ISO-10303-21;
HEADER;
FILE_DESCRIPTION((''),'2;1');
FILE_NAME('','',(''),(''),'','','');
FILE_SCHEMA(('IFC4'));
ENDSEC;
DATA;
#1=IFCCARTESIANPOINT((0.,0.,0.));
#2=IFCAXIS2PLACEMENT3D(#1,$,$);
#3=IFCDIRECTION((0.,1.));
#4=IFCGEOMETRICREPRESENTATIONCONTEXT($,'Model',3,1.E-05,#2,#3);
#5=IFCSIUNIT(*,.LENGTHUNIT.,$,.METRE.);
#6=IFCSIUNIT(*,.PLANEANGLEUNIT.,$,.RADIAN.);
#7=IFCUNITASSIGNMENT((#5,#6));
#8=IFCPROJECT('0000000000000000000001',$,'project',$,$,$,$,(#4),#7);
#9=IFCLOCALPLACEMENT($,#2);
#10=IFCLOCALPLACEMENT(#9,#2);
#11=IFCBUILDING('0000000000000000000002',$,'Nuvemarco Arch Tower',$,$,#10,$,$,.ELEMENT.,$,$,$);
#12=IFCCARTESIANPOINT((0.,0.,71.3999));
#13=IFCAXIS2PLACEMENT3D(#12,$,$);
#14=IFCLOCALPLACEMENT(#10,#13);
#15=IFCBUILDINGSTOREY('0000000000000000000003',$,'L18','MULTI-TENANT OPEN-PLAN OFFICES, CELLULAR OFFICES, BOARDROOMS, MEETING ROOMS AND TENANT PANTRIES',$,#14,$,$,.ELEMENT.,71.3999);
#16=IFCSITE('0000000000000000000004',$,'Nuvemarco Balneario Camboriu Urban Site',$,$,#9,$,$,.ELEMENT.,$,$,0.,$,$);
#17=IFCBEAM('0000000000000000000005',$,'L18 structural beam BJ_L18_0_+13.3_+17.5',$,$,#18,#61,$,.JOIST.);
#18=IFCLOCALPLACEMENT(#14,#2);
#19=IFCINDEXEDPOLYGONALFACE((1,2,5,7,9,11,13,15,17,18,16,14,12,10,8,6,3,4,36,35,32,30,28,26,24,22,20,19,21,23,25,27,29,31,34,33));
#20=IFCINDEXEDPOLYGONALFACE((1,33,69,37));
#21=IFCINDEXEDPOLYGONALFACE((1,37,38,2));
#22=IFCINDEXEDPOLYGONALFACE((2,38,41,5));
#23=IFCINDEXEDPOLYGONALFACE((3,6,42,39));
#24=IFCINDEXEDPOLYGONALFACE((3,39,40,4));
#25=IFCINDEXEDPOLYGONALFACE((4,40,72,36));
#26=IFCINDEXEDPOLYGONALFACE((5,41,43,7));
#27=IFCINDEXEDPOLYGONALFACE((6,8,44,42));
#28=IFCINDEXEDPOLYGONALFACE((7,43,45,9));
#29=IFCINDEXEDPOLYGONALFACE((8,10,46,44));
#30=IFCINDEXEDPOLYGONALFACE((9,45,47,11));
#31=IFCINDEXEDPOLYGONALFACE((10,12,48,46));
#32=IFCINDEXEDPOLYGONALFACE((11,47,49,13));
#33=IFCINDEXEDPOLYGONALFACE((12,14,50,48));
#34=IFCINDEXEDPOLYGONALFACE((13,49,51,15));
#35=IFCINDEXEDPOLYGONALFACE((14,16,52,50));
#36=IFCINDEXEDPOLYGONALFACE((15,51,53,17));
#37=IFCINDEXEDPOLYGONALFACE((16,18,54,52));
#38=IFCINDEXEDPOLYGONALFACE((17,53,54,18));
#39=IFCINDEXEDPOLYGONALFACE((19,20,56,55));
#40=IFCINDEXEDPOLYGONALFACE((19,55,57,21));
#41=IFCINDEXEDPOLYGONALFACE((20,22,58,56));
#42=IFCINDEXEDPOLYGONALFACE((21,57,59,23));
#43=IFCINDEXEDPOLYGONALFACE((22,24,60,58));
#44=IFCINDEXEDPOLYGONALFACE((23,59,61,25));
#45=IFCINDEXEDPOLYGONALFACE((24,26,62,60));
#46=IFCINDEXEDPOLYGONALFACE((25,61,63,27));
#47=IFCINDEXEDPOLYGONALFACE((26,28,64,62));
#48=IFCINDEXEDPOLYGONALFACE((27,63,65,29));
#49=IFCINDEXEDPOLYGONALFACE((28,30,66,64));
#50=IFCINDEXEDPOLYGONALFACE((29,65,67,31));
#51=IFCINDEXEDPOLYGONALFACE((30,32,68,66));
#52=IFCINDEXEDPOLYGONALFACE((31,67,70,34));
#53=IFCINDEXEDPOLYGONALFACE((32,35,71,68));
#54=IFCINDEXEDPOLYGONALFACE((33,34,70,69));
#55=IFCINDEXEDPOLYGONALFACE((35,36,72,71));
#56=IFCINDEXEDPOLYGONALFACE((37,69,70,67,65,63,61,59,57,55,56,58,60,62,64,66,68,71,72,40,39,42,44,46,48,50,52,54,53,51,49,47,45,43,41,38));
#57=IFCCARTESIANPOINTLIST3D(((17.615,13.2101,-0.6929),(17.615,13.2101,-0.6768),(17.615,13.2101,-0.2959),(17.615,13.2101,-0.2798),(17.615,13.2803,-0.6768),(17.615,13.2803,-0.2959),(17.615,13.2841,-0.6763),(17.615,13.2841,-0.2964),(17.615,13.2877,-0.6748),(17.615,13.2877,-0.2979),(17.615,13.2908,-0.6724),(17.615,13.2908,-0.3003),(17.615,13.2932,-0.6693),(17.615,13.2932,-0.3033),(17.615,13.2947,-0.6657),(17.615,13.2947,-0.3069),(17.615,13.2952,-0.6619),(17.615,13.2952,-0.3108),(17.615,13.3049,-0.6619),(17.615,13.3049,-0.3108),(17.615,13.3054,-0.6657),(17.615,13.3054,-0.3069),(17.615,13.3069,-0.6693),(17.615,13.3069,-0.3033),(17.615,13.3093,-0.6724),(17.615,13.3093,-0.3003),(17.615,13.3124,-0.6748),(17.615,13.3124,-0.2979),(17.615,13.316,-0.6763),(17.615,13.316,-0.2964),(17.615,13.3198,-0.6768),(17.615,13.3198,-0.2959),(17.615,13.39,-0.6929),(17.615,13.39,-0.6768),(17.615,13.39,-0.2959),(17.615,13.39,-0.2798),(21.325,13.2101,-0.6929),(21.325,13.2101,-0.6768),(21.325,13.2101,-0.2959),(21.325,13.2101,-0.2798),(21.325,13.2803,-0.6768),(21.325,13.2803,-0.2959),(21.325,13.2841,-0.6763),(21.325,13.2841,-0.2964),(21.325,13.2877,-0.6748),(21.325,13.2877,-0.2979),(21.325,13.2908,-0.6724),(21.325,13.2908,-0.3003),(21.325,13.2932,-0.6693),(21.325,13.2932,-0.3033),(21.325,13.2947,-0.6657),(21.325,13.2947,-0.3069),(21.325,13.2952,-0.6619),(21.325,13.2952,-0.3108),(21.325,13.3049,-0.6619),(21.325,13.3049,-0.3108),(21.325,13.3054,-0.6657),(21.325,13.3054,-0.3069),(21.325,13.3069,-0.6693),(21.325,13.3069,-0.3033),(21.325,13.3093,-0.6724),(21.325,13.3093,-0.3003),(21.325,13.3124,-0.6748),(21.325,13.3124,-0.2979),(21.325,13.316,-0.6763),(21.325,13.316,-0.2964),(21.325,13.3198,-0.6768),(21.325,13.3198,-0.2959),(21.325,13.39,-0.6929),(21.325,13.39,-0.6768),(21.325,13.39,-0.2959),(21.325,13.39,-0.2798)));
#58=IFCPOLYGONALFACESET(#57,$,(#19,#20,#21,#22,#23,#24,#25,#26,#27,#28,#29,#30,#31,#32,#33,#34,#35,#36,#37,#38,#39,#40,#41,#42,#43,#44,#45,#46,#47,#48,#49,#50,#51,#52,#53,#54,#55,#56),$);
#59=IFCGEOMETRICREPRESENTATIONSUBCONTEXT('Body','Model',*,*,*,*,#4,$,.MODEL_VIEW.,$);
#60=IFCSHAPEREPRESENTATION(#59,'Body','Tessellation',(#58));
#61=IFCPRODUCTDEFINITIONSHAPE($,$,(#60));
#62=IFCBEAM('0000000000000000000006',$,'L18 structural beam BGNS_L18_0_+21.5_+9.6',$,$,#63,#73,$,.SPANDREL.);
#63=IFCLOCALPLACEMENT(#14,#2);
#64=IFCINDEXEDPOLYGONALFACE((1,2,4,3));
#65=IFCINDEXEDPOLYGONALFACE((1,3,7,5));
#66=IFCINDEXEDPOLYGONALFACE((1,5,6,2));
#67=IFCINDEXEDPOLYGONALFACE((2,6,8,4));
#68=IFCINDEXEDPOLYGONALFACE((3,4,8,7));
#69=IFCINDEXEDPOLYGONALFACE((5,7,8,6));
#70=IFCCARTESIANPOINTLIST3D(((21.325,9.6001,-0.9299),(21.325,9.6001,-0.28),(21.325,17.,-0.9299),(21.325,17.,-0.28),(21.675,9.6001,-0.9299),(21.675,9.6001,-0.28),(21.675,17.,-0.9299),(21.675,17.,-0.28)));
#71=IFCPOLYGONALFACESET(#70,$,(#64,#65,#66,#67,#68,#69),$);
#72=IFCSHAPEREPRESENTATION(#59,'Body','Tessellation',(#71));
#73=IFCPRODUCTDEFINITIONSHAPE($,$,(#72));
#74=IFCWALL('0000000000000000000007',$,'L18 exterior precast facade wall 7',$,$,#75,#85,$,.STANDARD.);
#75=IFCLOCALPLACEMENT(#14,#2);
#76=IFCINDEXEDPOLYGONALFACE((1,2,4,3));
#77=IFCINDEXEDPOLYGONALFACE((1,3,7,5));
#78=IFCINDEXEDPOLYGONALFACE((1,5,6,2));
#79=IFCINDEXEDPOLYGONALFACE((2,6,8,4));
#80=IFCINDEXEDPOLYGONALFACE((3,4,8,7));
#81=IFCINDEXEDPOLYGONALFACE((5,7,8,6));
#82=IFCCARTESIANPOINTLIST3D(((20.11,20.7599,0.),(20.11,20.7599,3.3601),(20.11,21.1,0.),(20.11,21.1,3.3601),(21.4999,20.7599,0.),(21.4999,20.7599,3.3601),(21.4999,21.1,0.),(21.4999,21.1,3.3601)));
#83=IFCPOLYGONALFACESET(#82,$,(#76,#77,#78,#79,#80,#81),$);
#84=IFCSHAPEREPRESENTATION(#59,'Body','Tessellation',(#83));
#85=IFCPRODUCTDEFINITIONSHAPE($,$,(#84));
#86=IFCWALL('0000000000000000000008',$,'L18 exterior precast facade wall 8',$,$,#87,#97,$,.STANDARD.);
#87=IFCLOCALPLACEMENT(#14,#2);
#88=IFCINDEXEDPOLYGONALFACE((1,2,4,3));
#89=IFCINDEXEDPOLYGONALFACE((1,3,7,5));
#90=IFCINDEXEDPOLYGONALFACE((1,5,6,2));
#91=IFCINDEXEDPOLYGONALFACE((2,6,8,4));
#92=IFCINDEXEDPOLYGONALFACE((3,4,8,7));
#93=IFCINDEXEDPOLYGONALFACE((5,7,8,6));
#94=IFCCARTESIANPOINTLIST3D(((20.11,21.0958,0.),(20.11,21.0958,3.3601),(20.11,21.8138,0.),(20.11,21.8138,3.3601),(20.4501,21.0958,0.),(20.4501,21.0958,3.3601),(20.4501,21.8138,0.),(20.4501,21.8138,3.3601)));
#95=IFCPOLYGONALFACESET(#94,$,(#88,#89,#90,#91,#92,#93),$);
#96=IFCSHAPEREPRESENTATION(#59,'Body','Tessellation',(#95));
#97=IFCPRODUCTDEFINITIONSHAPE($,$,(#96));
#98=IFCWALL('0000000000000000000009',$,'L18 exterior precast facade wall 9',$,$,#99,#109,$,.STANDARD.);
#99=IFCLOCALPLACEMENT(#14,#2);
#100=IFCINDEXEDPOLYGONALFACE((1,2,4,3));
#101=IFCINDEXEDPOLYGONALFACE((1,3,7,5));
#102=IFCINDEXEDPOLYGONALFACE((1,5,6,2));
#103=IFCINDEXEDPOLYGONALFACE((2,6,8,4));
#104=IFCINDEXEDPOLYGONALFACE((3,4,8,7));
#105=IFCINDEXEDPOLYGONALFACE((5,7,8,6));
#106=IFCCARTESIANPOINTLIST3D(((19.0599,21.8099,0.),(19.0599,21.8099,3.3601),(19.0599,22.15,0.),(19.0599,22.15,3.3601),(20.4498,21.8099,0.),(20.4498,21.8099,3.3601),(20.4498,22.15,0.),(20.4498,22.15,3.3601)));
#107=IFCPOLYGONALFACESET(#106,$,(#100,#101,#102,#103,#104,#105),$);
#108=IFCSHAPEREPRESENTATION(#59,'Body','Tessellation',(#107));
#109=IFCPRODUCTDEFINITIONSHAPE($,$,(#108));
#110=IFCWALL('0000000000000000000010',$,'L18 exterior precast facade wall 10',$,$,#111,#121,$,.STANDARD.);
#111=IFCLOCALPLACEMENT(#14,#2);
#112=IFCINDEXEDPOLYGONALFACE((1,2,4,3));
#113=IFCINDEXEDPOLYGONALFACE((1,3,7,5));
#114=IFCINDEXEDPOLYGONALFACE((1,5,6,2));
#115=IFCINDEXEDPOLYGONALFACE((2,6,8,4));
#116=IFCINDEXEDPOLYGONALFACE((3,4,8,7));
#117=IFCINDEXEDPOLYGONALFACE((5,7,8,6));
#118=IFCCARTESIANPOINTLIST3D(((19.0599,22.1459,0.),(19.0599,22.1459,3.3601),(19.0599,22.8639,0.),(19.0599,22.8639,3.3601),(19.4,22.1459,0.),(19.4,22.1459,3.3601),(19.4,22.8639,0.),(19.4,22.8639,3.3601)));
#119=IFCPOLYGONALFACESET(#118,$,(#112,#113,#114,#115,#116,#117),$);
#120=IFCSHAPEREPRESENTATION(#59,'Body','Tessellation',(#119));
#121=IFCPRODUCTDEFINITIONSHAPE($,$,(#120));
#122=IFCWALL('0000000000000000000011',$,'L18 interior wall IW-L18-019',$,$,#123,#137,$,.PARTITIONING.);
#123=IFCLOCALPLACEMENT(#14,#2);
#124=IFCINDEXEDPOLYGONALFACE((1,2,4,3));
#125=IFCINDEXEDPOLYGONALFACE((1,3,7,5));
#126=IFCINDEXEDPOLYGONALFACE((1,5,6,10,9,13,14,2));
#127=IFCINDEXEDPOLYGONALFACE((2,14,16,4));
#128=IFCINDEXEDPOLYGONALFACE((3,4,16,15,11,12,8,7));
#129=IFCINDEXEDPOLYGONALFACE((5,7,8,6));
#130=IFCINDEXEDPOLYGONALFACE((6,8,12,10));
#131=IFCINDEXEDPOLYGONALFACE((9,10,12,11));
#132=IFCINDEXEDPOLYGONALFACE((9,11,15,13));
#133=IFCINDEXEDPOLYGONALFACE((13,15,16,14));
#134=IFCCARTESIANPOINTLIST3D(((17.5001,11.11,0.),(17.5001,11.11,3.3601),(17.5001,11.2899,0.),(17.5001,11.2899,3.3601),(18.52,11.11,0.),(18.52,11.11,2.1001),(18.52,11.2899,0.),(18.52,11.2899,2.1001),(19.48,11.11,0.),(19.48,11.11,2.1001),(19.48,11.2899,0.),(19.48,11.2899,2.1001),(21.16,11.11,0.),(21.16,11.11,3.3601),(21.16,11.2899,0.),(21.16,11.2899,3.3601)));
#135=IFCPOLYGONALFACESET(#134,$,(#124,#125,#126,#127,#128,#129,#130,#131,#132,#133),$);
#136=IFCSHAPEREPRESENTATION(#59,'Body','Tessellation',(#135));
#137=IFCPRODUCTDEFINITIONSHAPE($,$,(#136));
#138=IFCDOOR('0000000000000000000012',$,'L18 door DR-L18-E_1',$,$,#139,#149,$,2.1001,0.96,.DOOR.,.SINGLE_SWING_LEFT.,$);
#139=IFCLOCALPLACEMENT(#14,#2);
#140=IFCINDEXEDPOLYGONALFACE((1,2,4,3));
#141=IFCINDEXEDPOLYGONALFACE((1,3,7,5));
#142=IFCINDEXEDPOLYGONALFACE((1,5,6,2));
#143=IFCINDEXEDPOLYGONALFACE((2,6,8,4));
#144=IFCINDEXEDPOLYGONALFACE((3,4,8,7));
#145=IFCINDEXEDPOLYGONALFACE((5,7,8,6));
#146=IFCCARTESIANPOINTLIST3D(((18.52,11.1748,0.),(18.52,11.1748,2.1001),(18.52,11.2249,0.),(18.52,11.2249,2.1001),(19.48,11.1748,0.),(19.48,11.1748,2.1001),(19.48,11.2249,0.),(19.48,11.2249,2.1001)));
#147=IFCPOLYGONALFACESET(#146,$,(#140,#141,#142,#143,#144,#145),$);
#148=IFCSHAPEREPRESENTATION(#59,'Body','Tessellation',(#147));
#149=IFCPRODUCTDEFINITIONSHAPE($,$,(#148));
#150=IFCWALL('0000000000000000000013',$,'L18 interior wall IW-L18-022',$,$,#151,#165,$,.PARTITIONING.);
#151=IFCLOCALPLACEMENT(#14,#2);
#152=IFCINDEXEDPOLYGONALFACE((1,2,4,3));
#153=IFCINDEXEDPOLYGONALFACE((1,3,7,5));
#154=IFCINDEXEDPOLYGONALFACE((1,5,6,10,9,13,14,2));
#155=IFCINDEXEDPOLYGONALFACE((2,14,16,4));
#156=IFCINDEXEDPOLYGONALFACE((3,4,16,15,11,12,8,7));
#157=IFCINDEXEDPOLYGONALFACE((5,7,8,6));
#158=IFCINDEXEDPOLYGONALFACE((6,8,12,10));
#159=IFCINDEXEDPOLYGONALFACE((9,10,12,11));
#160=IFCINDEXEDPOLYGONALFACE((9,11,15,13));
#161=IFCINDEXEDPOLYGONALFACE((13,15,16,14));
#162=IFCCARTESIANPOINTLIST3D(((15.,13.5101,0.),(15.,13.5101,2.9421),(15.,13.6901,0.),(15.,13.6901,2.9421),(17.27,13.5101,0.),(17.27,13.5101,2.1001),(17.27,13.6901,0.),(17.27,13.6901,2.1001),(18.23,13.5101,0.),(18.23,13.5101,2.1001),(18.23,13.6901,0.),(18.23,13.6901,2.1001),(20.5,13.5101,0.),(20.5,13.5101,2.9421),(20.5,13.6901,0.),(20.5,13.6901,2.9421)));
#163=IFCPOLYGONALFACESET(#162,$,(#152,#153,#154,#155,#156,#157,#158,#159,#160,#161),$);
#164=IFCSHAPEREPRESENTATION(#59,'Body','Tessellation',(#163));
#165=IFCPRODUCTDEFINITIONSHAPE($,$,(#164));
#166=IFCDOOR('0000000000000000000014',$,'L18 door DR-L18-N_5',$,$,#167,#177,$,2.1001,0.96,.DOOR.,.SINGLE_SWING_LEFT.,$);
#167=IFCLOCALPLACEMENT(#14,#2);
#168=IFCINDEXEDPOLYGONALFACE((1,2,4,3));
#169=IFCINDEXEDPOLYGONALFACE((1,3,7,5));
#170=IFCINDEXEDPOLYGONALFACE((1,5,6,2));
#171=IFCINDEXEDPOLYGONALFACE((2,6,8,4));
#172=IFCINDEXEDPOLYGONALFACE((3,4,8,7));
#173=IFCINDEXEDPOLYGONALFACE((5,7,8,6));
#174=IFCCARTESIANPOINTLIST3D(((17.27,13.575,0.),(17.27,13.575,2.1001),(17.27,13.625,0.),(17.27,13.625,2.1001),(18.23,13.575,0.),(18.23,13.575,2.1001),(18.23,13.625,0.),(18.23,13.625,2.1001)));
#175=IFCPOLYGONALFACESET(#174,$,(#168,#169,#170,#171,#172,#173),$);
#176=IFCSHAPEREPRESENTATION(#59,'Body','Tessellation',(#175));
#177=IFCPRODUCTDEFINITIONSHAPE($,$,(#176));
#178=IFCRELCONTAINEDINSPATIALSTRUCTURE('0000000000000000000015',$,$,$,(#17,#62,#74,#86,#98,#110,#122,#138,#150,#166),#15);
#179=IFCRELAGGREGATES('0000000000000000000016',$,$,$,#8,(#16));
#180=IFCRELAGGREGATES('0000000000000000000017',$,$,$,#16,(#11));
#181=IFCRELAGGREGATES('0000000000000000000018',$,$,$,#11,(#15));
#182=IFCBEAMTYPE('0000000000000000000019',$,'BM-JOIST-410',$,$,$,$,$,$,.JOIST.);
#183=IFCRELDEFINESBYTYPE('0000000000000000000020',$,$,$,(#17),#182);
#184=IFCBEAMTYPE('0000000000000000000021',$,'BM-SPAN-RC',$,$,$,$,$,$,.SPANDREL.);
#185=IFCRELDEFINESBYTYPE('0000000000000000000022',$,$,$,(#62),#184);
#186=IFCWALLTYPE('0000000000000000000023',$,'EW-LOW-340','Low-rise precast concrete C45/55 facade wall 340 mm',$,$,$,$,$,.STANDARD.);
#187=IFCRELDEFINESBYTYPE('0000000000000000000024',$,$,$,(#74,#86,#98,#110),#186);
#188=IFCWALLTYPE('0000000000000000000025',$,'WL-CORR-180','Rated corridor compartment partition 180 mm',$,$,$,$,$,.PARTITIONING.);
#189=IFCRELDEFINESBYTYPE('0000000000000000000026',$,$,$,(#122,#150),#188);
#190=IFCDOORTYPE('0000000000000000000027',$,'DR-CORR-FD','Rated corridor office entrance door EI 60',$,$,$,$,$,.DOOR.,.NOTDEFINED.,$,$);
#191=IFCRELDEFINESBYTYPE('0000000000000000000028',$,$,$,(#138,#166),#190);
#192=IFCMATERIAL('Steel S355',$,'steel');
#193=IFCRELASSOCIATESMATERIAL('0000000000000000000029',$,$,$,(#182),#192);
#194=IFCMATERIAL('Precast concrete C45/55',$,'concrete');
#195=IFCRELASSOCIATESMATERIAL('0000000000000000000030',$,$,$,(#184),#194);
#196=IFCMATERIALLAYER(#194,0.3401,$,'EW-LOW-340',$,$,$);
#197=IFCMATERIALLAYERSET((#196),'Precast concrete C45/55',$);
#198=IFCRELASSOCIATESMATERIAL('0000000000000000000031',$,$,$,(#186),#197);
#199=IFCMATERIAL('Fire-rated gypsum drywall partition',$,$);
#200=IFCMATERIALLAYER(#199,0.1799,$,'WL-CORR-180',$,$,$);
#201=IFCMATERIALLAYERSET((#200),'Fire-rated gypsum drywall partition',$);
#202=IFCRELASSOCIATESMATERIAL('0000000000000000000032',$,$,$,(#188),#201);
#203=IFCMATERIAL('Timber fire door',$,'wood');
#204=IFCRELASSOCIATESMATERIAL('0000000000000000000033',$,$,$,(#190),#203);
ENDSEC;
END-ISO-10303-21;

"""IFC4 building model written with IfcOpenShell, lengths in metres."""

from ifc_helpers import new_model, si_unit, direction, frame, frame_2d, origin, origin_2d, place, context, subcontext, project, spatial, rectangle, i_section, extrude, source, transform, mapped, material, layer, layer_set, material_profile, profile_set, type_object, type_shapes, element, fill, save


model = new_model("IFC4")

# Units and contexts
model_context = context("Model", 3, precision=1e-05, world=origin(), true_north=direction((0.0, 1.0)))
body_context = subcontext(model_context, "Body", "Model", "MODEL_VIEW")
ifc_project = project(units=[si_unit("LENGTHUNIT", "METRE"), si_unit("PLANEANGLEUNIT", "RADIAN")], contexts=[model_context])

# Site, building, storey
site_placement = place(None, origin())
site = spatial("IfcSite", under=ifc_project, at=site_placement, Name="Nuvemarco Balneario Camboriu Urban Site", CompositionType="ELEMENT", RefElevation=0.0)
building_placement = place(site_placement, origin())
building = spatial("IfcBuilding", under=site, at=building_placement, Name="Nuvemarco Arch Tower", CompositionType="ELEMENT")
storey_placement = place(building_placement, frame((0.0, 0.0, 71.3999)))
storey = spatial("IfcBuildingStorey", under=building, at=storey_placement, Name="L18", Description="MULTI-TENANT OPEN-PLAN OFFICES, CELLULAR OFFICES, BOARDROOMS, MEETING ROOMS AND TENANT PANTRIES", CompositionType="ELEMENT", Elevation=71.3999)

# Shared definitions
ifc_material_1 = material(Name="Steel S355", Category="steel")

# Beams
ifc_material_profile_1 = material_profile(ifc_material_1, i_section(OverallWidth=0.1799, OverallDepth=0.4131, WebThickness=0.0098, FlangeThickness=0.0161, FilletRadius=0.0149, at=origin_2d()), Name="W410x75")
ifc_profile_set_1 = profile_set([ifc_material_profile_1], Name="Steel S355")
beam_type_1 = type_object("IfcBeamType", Name="BM-JOIST-410", PredefinedType="JOIST", material=ifc_profile_set_1)
beam_1_placement = place(storey_placement, frame((17.615, 13.3, -0.4863), z_axis=(1.0, 0.0, 0.0), x_axis=(0.0, 1.0, 0.0)))
element("IfcBeam", 1, at=beam_1_placement, inside=storey, type_object=beam_type_1, Name="L18 structural beam BJ_L18_0_+13.3_+17.5", PredefinedType="JOIST", context=body_context, shape_type="SweptSolid", body=[
    extrude(i_section(OverallWidth=0.1799, OverallDepth=0.4131, WebThickness=0.0098, FlangeThickness=0.0161, FilletRadius=0.0149, at=origin_2d()), origin(), (0.0, 0.0, 1.0), 3.71),
])
ifc_material_2 = material(Name="Precast concrete C45/55", Category="concrete")
ifc_material_profile_2 = material_profile(ifc_material_2, rectangle(XDim=0.3501, YDim=0.6499, at=origin_2d()), Name="PC-SP-350x650")
ifc_profile_set_2 = profile_set([ifc_material_profile_2], Name="Precast concrete C45/55")
beam_type_2 = type_object("IfcBeamType", Name="BM-SPAN-RC", PredefinedType="SPANDREL", material=ifc_profile_set_2)
beam_2_placement = place(storey_placement, frame((21.5, 9.6001, -0.605), z_axis=(0.0, 1.0, 0.0), x_axis=(-1.0, 0.0, 0.0)))
element("IfcBeam", 2, at=beam_2_placement, inside=storey, type_object=beam_type_2, Name="L18 structural beam BGNS_L18_0_+21.5_+9.6", PredefinedType="SPANDREL", context=body_context, shape_type="SweptSolid", body=[
    extrude(rectangle(XDim=0.3501, YDim=0.6499, at=origin_2d()), origin(), (0.0, 0.0, 1.0), 7.3999),
])

# Walls
ifc_layer_1 = layer(ifc_material_2, 0.3401, Name="EW-LOW-340")
ifc_layer_set_1 = layer_set([ifc_layer_1], Name="Precast concrete C45/55")
wall_type_1 = type_object("IfcWallType", Name="EW-LOW-340", Description="Low-rise precast concrete C45/55 facade wall 340 mm", PredefinedType="STANDARD", material=ifc_layer_set_1)
wall_1_placement = place(storey_placement, frame((20.1101, 20.9299, 0.0), z_axis=(0.0, 0.0, 1.0), x_axis=(1.0, 0.0, 0.0)))
element("IfcWall", 3, at=wall_1_placement, inside=storey, type_object=wall_type_1, Name="L18 exterior precast facade wall 7", PredefinedType="STANDARD", context=body_context, shape_type="SweptSolid", body=[
    extrude(rectangle(XDim=1.3899, YDim=0.3401, at=frame_2d((0.6948, 0.0))), origin(), (0.0, 0.0, 1.0), 3.3601),
])
wall_2_placement = place(storey_placement, frame((20.28, 21.0959, 0.0), z_axis=(0.0, 0.0, 1.0), x_axis=(0.0, 1.0, 0.0)))
element("IfcWall", 4, at=wall_2_placement, inside=storey, type_object=wall_type_1, Name="L18 exterior precast facade wall 8", PredefinedType="STANDARD", context=body_context, shape_type="SweptSolid", body=[
    extrude(rectangle(XDim=0.718, YDim=0.3401, at=frame_2d((0.3589, 0.0))), origin(), (0.0, 0.0, 1.0), 3.3601),
])
wall_3_placement = place(storey_placement, frame((19.0601, 21.98, 0.0), z_axis=(0.0, 0.0, 1.0), x_axis=(1.0, 0.0, 0.0)))
element("IfcWall", 5, at=wall_3_placement, inside=storey, type_object=wall_type_1, Name="L18 exterior precast facade wall 9", PredefinedType="STANDARD", context=body_context, shape_type="SweptSolid", body=[
    extrude(rectangle(XDim=1.3899, YDim=0.3401, at=frame_2d((0.6948, 0.0))), origin(), (0.0, 0.0, 1.0), 3.3601),
])
wall_4_placement = place(storey_placement, frame((19.23, 22.146, 0.0), z_axis=(0.0, 0.0, 1.0), x_axis=(0.0, 1.0, 0.0)))
element("IfcWall", 6, at=wall_4_placement, inside=storey, type_object=wall_type_1, Name="L18 exterior precast facade wall 10", PredefinedType="STANDARD", context=body_context, shape_type="SweptSolid", body=[
    extrude(rectangle(XDim=0.718, YDim=0.3401, at=frame_2d((0.3589, 0.0))), origin(), (0.0, 0.0, 1.0), 3.3601),
])

# Walls, openings, doors
ifc_material_3 = material(Name="Fire-rated gypsum drywall partition")
ifc_layer_2 = layer(ifc_material_3, 0.1799, Name="WL-CORR-180")
ifc_layer_set_2 = layer_set([ifc_layer_2], Name="Fire-rated gypsum drywall partition")
wall_type_2 = type_object("IfcWallType", Name="WL-CORR-180", Description="Rated corridor compartment partition 180 mm", PredefinedType="PARTITIONING", material=ifc_layer_set_2)
wall_5_placement = place(storey_placement, frame((17.5, 11.2, 0.0), z_axis=(0.0, 0.0, 1.0), x_axis=(1.0, 0.0, 0.0)))
wall_5 = element("IfcWall", 7, at=wall_5_placement, inside=storey, type_object=wall_type_2, Name="L18 interior wall IW-L18-019", PredefinedType="PARTITIONING", context=body_context, shape_type="SweptSolid", body=[
    extrude(rectangle(XDim=3.6599, YDim=0.1799, at=frame_2d((1.8301, 0.0))), origin(), (0.0, 0.0, 1.0), 3.3601),
])
opening_1_placement = place(wall_5_placement, frame((1.02, 0.0, 0.0)))
opening_1 = element("IfcOpeningElement", 8, at=opening_1_placement, cuts=wall_5, PredefinedType="OPENING", context=body_context, shape_type="SweptSolid", body=[
    extrude(rectangle(XDim=0.96, YDim=2.1001, at=frame_2d((0.48, 1.05))), frame((0.0, 0.0999, 0.0), z_axis=(0.0, -1.0, 0.0), x_axis=(1.0, 0.0, 0.0)), (0.0, 0.0, 1.0), 0.2),
])
ifc_material_4 = material(Name="Timber fire door", Category="wood")
door_type = type_object("IfcDoorType", Name="DR-CORR-FD", Description="Rated corridor office entrance door EI 60", OperationType="NOTDEFINED", PredefinedType="DOOR", material=ifc_material_4)
shared_shape_1 = source(origin(), body_context, "Body", "SweptSolid", [
    extrude(rectangle(XDim=0.96, YDim=2.1001, at=frame_2d((0.48, 1.05))), frame((0.0, 0.0249, 0.0), z_axis=(0.0, -1.0, 0.0), x_axis=(1.0, 0.0, 0.0)), (0.0, 0.0, 1.0), 0.05),
])
type_shapes(door_type, [shared_shape_1])
door_1_placement = place(opening_1_placement, origin())
door_1 = element("IfcDoor", 9, at=door_1_placement, inside=storey, type_object=door_type, Name="L18 door DR-L18-E_1", OperationType="SINGLE_SWING_LEFT", OverallHeight=2.1001, OverallWidth=0.96, PredefinedType="DOOR", context=body_context, shape_type="MappedRepresentation", body=[
    mapped(shared_shape_1, transform((0.0, 0.0, 0.0), scale=1.0)),
])
fill(opening_1, door_1)
wall_6_placement = place(storey_placement, frame((15.0, 13.6001, 0.0), z_axis=(0.0, 0.0, 1.0), x_axis=(1.0, 0.0, 0.0)))
wall_6 = element("IfcWall", 10, at=wall_6_placement, inside=storey, type_object=wall_type_2, Name="L18 interior wall IW-L18-022", PredefinedType="PARTITIONING", context=body_context, shape_type="SweptSolid", body=[
    extrude(rectangle(XDim=5.5, YDim=0.1799, at=frame_2d((2.75, 0.0))), origin(), (0.0, 0.0, 1.0), 2.9421),
])
opening_2_placement = place(wall_6_placement, frame((2.27, 0.0, 0.0)))
opening_2 = element("IfcOpeningElement", 11, at=opening_2_placement, cuts=wall_6, PredefinedType="OPENING", context=body_context, shape_type="SweptSolid", body=[
    extrude(rectangle(XDim=0.96, YDim=2.1001, at=frame_2d((0.48, 1.05))), frame((0.0, 0.0999, 0.0), z_axis=(0.0, -1.0, 0.0), x_axis=(1.0, 0.0, 0.0)), (0.0, 0.0, 1.0), 0.2),
])
door_2_placement = place(opening_2_placement, origin())
door_2 = element("IfcDoor", 12, at=door_2_placement, inside=storey, type_object=door_type, Name="L18 door DR-L18-N_5", OperationType="SINGLE_SWING_LEFT", OverallHeight=2.1001, OverallWidth=0.96, PredefinedType="DOOR", context=body_context, shape_type="MappedRepresentation", body=[
    mapped(shared_shape_1, transform((0.0, 0.0, 0.0), scale=1.0)),
])
fill(opening_2, door_2)

save(model, "model.ifc")
